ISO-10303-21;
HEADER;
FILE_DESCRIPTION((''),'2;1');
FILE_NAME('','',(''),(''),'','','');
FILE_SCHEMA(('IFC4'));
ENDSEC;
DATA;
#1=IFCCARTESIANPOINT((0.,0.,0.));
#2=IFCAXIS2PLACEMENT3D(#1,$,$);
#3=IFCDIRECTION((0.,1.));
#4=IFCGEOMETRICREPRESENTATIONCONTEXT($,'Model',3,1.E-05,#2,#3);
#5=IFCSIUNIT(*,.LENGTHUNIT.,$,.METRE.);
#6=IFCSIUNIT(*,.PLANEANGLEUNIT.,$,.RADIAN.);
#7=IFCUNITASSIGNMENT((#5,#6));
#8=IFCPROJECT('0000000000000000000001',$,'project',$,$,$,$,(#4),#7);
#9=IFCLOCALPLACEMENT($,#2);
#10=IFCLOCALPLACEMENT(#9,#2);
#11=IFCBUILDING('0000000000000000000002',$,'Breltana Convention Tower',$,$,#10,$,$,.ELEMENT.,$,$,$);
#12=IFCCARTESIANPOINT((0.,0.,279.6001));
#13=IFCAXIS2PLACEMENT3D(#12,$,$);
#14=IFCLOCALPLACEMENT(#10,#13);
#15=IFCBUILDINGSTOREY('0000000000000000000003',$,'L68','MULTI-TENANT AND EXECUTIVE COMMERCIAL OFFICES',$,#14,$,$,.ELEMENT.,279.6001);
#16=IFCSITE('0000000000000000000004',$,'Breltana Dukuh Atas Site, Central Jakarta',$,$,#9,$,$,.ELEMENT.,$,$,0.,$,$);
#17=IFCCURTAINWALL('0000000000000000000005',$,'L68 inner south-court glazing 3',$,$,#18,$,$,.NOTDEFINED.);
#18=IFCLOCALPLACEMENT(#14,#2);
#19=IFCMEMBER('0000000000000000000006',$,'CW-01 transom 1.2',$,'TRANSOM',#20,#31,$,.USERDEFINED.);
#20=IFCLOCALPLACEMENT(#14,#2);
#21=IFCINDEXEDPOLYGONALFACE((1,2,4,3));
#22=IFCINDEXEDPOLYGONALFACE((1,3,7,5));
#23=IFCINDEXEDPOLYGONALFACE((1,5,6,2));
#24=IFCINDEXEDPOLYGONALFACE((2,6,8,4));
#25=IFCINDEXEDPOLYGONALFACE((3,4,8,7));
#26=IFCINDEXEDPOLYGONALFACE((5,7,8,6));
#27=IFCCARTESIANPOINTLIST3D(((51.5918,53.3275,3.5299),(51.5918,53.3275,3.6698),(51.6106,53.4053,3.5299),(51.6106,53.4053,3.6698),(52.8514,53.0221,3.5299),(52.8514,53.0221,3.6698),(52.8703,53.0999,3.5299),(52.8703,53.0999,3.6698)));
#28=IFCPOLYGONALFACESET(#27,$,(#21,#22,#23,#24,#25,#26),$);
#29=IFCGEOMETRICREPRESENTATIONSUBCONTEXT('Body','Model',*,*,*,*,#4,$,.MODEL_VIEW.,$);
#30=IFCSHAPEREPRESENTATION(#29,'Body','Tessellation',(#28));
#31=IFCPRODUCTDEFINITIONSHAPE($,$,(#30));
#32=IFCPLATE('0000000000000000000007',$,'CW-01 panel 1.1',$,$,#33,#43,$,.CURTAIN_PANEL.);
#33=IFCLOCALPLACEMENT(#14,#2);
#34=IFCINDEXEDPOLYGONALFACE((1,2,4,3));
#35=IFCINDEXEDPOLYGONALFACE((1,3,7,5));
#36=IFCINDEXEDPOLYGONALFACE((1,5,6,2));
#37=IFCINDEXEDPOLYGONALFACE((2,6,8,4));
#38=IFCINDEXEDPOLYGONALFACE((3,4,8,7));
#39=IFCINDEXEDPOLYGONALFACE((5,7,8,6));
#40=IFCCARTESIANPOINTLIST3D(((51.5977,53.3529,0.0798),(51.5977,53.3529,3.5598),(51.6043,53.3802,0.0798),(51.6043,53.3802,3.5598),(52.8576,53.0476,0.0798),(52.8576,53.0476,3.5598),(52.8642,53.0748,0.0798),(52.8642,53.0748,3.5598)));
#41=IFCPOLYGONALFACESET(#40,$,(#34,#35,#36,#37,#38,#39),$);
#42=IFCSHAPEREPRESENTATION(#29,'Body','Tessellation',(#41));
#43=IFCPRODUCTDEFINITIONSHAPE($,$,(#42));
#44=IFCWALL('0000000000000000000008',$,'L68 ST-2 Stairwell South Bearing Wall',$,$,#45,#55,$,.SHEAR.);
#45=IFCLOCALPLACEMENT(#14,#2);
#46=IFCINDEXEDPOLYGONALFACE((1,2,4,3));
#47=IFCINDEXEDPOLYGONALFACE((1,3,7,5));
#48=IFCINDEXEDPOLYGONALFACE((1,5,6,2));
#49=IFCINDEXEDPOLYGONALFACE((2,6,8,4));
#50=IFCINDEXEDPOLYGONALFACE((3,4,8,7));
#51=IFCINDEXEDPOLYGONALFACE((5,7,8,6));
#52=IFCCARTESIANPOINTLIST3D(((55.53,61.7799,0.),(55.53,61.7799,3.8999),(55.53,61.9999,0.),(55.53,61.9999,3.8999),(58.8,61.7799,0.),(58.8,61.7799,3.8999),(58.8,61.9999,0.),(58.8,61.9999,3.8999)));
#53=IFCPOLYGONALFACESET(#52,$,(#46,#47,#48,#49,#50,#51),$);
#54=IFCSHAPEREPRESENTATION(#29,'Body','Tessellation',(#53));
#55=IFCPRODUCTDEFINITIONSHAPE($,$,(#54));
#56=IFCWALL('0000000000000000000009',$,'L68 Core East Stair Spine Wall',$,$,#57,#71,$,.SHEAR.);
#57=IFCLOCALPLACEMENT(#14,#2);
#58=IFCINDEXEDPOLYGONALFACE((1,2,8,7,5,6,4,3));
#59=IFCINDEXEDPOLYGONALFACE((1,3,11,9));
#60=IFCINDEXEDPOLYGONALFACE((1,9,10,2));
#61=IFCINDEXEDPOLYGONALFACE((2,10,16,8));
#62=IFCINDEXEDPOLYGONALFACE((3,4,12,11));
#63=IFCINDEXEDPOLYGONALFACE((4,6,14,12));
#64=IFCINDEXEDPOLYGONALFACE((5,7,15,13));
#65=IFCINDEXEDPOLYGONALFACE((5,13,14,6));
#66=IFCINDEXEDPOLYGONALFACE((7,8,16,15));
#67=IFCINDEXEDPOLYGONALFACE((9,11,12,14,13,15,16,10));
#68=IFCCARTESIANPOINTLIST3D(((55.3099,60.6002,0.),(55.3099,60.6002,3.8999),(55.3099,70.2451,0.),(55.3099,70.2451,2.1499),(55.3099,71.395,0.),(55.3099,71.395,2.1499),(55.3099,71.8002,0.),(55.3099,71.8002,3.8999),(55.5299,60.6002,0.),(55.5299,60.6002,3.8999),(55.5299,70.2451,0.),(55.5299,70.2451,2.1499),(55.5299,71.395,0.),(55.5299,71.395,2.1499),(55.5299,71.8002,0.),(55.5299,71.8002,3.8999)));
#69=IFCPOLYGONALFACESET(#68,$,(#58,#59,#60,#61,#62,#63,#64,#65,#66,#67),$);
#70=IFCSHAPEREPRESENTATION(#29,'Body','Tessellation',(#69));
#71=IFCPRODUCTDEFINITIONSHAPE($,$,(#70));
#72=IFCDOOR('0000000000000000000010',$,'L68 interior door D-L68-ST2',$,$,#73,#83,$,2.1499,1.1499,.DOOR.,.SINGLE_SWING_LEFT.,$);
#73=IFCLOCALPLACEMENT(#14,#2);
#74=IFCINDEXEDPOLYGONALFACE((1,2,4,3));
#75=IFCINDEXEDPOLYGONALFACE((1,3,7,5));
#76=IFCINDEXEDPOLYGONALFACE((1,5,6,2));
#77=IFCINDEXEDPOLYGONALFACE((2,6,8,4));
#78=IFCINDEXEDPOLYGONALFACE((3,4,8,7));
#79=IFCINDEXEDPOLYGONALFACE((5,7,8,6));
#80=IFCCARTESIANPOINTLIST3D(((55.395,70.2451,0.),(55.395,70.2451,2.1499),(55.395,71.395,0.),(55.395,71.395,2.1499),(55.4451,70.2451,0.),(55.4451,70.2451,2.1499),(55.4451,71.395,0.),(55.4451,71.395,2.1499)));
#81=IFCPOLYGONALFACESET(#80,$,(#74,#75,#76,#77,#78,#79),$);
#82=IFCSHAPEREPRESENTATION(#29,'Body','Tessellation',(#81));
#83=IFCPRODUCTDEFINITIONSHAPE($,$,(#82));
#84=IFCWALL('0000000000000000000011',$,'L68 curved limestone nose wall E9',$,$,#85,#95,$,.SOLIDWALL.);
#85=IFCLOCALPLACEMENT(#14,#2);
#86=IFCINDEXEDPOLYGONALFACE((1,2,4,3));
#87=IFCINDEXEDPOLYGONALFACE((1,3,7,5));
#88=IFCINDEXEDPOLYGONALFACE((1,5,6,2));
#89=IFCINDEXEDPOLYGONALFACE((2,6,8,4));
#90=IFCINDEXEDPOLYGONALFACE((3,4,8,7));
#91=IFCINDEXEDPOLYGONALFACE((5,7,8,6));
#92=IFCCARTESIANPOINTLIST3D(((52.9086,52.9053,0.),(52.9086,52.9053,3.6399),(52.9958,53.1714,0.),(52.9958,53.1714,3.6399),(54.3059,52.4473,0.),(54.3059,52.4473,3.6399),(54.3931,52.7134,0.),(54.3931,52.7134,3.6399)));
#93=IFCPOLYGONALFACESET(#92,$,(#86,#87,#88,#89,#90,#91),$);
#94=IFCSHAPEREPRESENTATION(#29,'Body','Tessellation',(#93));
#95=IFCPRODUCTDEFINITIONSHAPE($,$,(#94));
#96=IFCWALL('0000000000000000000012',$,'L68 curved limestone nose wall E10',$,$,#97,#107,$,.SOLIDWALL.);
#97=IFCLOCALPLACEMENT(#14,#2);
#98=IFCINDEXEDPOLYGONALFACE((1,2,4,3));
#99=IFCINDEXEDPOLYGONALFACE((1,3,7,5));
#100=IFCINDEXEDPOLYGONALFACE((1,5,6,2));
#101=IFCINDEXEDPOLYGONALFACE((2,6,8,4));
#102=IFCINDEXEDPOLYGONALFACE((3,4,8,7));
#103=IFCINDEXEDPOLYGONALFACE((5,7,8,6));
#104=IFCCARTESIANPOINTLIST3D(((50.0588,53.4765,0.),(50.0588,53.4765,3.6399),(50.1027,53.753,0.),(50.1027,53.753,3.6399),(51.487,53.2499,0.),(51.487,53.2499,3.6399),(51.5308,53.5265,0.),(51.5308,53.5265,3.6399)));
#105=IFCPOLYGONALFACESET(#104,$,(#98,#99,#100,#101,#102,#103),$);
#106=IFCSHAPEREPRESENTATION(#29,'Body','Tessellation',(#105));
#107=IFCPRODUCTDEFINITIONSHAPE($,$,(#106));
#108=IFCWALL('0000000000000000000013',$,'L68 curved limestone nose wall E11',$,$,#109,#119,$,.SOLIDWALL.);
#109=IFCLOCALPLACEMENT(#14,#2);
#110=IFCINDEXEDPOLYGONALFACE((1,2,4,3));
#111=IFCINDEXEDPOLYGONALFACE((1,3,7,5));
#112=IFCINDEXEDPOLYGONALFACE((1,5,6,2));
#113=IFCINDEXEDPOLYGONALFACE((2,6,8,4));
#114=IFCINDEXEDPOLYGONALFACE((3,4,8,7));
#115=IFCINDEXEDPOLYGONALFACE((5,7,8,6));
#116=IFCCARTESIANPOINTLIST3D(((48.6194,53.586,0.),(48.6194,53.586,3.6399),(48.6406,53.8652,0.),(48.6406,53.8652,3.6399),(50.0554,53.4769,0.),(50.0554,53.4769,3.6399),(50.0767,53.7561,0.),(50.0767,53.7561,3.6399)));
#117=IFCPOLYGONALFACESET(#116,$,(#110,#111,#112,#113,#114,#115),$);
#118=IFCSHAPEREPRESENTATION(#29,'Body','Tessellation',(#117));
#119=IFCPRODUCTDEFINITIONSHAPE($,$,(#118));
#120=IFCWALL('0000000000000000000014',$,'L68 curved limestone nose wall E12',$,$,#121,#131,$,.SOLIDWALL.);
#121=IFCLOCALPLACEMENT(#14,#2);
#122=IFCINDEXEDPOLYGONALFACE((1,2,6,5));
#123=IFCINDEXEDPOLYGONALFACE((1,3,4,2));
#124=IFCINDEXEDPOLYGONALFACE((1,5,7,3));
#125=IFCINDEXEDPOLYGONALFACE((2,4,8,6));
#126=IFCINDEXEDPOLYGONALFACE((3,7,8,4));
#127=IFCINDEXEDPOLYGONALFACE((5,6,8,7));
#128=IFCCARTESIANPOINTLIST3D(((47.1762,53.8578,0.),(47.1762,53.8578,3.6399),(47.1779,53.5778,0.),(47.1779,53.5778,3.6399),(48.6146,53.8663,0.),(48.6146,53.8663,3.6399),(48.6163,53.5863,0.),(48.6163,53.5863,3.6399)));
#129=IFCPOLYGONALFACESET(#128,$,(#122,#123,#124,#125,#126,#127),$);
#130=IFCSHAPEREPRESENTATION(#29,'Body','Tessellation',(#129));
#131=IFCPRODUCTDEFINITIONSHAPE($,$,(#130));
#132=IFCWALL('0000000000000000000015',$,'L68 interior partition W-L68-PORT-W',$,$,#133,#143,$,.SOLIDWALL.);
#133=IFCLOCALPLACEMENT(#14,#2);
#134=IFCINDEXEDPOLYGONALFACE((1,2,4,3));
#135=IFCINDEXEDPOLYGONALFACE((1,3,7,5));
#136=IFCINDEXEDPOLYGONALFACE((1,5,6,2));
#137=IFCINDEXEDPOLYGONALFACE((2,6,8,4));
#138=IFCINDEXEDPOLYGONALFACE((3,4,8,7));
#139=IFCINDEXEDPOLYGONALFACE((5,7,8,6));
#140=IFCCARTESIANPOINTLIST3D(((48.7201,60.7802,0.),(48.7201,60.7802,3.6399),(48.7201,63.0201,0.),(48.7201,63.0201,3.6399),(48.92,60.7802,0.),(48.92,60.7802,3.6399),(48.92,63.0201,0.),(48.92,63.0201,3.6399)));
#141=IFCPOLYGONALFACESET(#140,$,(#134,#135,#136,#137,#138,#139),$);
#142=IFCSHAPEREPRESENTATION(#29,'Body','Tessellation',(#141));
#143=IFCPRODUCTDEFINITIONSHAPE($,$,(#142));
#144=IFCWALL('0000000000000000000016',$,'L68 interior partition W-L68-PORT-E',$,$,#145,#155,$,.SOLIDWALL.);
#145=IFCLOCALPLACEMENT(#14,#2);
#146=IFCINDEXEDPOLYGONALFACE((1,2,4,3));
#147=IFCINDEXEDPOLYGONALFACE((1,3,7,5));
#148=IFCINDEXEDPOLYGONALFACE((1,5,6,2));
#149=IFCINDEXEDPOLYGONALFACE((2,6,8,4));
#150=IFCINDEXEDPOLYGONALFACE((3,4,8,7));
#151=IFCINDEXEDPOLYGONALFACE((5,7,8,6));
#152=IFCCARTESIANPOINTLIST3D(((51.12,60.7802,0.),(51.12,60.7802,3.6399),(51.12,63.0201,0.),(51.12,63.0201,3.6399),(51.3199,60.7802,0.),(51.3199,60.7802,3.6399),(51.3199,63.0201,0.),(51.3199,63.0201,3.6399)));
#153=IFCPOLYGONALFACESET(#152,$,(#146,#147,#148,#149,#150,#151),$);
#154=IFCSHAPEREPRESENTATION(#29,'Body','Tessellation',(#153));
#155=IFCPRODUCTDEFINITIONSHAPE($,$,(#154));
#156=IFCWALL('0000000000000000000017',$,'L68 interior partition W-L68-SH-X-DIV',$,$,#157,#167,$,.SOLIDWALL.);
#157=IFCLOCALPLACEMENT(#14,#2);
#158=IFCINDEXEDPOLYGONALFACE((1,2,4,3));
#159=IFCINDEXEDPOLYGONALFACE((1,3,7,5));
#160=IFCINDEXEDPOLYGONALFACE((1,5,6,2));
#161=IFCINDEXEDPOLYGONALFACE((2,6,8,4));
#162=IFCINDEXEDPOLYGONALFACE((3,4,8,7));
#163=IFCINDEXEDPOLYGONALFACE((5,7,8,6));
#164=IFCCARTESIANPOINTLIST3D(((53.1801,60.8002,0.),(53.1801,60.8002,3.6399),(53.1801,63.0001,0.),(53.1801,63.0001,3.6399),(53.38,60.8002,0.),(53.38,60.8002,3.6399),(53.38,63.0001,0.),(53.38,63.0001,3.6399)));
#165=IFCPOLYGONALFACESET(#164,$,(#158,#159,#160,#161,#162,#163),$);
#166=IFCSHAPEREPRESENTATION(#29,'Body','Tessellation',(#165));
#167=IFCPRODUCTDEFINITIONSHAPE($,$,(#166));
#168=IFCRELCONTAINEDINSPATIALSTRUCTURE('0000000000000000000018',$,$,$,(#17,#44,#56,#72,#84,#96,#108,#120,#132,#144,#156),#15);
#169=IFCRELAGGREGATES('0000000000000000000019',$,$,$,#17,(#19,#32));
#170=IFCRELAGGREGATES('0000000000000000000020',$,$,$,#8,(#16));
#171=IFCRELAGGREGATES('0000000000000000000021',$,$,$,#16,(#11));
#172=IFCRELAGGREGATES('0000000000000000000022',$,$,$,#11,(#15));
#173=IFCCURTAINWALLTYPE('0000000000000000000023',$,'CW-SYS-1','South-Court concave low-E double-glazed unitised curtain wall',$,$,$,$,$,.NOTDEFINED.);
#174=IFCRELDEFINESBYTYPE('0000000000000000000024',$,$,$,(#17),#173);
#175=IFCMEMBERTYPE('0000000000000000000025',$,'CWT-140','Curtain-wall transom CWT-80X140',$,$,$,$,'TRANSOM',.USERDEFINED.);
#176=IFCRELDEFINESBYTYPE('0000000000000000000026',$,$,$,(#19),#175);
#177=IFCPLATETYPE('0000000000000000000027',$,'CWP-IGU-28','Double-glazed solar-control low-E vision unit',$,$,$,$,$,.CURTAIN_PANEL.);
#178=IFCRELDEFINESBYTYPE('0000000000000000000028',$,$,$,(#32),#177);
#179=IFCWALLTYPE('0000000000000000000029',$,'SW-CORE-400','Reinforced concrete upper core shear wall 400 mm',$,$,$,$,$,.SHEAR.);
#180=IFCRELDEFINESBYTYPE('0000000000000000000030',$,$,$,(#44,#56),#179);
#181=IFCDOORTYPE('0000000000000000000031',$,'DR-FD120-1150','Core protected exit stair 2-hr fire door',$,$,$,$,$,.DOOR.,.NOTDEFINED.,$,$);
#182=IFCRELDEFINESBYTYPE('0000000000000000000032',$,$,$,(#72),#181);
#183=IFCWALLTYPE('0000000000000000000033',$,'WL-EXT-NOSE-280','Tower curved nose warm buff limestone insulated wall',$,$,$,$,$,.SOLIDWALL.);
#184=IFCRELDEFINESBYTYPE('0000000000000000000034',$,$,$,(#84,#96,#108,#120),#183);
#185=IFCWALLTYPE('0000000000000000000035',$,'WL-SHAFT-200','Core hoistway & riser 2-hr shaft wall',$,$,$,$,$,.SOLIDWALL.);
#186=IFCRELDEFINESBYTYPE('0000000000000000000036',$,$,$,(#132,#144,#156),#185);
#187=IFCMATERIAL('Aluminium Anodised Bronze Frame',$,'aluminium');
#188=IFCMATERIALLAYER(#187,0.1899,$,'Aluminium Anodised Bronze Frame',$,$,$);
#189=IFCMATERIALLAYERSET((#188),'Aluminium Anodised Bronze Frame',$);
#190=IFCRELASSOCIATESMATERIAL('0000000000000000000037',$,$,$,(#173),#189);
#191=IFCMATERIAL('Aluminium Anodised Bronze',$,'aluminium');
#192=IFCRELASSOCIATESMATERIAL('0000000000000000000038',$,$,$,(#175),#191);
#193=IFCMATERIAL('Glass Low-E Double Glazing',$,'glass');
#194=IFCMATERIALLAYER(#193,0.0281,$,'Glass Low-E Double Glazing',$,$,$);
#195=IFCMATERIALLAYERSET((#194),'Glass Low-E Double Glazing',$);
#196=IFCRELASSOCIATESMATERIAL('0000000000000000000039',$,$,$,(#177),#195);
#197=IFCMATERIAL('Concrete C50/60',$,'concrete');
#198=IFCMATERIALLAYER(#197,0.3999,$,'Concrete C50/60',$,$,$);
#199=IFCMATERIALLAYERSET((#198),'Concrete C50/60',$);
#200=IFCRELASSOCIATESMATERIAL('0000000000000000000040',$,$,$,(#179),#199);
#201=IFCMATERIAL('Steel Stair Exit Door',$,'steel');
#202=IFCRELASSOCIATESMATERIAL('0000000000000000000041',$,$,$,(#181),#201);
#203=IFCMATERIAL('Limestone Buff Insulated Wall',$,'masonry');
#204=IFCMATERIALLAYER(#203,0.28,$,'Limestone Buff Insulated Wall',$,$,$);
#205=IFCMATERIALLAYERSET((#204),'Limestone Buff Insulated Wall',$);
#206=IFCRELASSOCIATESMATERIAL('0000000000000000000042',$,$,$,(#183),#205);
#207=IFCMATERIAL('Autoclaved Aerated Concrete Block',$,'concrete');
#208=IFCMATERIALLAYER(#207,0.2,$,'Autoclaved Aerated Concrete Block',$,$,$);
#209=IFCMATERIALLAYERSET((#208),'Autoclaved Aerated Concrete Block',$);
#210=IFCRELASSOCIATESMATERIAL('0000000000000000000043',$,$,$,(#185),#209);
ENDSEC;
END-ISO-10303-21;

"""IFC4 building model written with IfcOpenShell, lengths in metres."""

from ifc_helpers import new_model, si_unit, direction, frame, frame_2d, origin, origin_2d, place, context, subcontext, project, spatial, rectangle, extrude, source, transform, mapped, material, layer, layer_set, material_profile, profile_set, type_object, type_shapes, element, fill, aggregate, save


model = new_model("IFC4")

# Units and contexts
model_context = context("Model", 3, precision=1e-05, world=origin(), true_north=direction((0.0, 1.0)))
body_context = subcontext(model_context, "Body", "Model", "MODEL_VIEW")
ifc_project = project(units=[si_unit("LENGTHUNIT", "METRE"), si_unit("PLANEANGLEUNIT", "RADIAN")], contexts=[model_context])

# Site, building, storey
site_placement = place(None, origin())
site = spatial("IfcSite", under=ifc_project, at=site_placement, Name="Breltana Dukuh Atas Site, Central Jakarta", CompositionType="ELEMENT", RefElevation=0.0)
building_placement = place(site_placement, origin())
building = spatial("IfcBuilding", under=site, at=building_placement, Name="Breltana Convention Tower", CompositionType="ELEMENT")
storey_placement = place(building_placement, frame((0.0, 0.0, 279.6001)))
storey = spatial("IfcBuildingStorey", under=building, at=storey_placement, Name="L68", Description="MULTI-TENANT AND EXECUTIVE COMMERCIAL OFFICES", CompositionType="ELEMENT", Elevation=279.6001)

# Curtain wall, member, plate
ifc_material_1 = material(Name="Aluminium Anodised Bronze Frame", Category="aluminium")
ifc_layer_1 = layer(ifc_material_1, 0.1899, Name="Aluminium Anodised Bronze Frame")
ifc_layer_set_1 = layer_set([ifc_layer_1], Name="Aluminium Anodised Bronze Frame")
curtain_wall_type = type_object("IfcCurtainWallType", Name="CW-SYS-1", Description="South-Court concave low-E double-glazed unitised curtain wall", PredefinedType="NOTDEFINED", material=ifc_layer_set_1)
curtain_wall_placement = place(storey_placement, origin())
curtain_wall = element("IfcCurtainWall", 1, at=curtain_wall_placement, inside=storey, type_object=curtain_wall_type, Name="L68 inner south-court glazing 3", PredefinedType="NOTDEFINED")
ifc_material_2 = material(Name="Aluminium Anodised Bronze", Category="aluminium")
ifc_material_profile_1 = material_profile(ifc_material_2, rectangle(XDim=0.0801, YDim=0.1399, at=origin_2d()), Name="CWT-80X140")
ifc_profile_set_1 = profile_set([ifc_material_profile_1], Name="Aluminium Anodised Bronze")
member_type_1 = type_object("IfcMemberType", Name="CWT-140", Description="Curtain-wall transom CWT-80X140", ElementType="TRANSOM", PredefinedType="USERDEFINED", material=ifc_profile_set_1)
shared_shape_1 = source(origin(), body_context, "Body", "SweptSolid", [
    extrude(rectangle(XDim=0.0801, YDim=0.1399, at=origin_2d()), origin(), (0.0, 0.0, 1.0), 1.2961),
])
member_1_placement = place(storey_placement, frame((52.8608, 53.061, 3.5999), z_axis=(-0.971846, 0.235616, 0.0), x_axis=(-0.235616, -0.971846, 0.0)))
member_1 = element("IfcMember", 2, at=member_1_placement, type_object=member_type_1, Name="CW-01 transom 1.2", ObjectType="TRANSOM", PredefinedType="USERDEFINED", context=body_context, shape_type="MappedRepresentation", body=[
    mapped(shared_shape_1, transform((0.0, 0.0, 0.0), scale=1.0)),
])
ifc_material_3 = material(Name="Glass Low-E Double Glazing", Category="glass")
ifc_layer_2 = layer(ifc_material_3, 0.0281, Name="Glass Low-E Double Glazing")
ifc_layer_set_2 = layer_set([ifc_layer_2], Name="Glass Low-E Double Glazing")
plate_type = type_object("IfcPlateType", Name="CWP-IGU-28", Description="Double-glazed solar-control low-E vision unit", PredefinedType="CURTAIN_PANEL", material=ifc_layer_set_2)
shared_shape_2 = source(origin(), body_context, "Body", "SweptSolid", [
    extrude(rectangle(XDim=1.2964, YDim=0.0281, at=origin_2d()), origin(), (0.0, 0.0, 1.0), 3.48),
])
plate_placement = place(storey_placement, frame((52.231, 53.2139, 0.0798), z_axis=(0.0, 0.0, 1.0), x_axis=(-0.97187, 0.235517, 0.0)))
plate = element("IfcPlate", 3, at=plate_placement, type_object=plate_type, Name="CW-01 panel 1.1", PredefinedType="CURTAIN_PANEL", context=body_context, shape_type="MappedRepresentation", body=[
    mapped(shared_shape_2, transform((0.0, 0.0, 0.0), scale=1.0)),
])
aggregate(curtain_wall, [member_1, plate])

# Wall
ifc_material_4 = material(Name="Concrete C50/60", Category="concrete")
ifc_layer_3 = layer(ifc_material_4, 0.3999, Name="Concrete C50/60")
ifc_layer_set_3 = layer_set([ifc_layer_3], Name="Concrete C50/60")
wall_type_1 = type_object("IfcWallType", Name="SW-CORE-400", Description="Reinforced concrete upper core shear wall 400 mm", PredefinedType="SHEAR", material=ifc_layer_set_3)
shared_shape_3 = source(origin(), body_context, "Body", "SweptSolid", [
    extrude(rectangle(XDim=3.27, YDim=0.22, at=frame_2d((1.635, 0.0))), origin(), (0.0, 0.0, 1.0), 3.8999),
])
wall_1_placement = place(storey_placement, frame((55.53, 61.8899, 0.0), z_axis=(0.0, 0.0, 1.0), x_axis=(1.0, 0.0, 0.0)))
element("IfcWall", 4, at=wall_1_placement, inside=storey, type_object=wall_type_1, Name="L68 ST-2 Stairwell South Bearing Wall", PredefinedType="SHEAR", context=body_context, shape_type="MappedRepresentation", body=[
    mapped(shared_shape_3, transform((0.0, 0.0, 0.0), scale=1.0)),
])

# Wall, opening, door
shared_shape_4 = source(origin(), body_context, "Body", "SweptSolid", [
    extrude(rectangle(XDim=11.2, YDim=0.22, at=frame_2d((5.6001, 0.0))), origin(), (0.0, 0.0, 1.0), 3.8999),
])
wall_2_placement = place(storey_placement, frame((55.4199, 60.6001, 0.0), z_axis=(0.0, 0.0, 1.0), x_axis=(0.0, 1.0, 0.0)))
wall_2 = element("IfcWall", 5, at=wall_2_placement, inside=storey, type_object=wall_type_1, Name="L68 Core East Stair Spine Wall", PredefinedType="SHEAR", context=body_context, shape_type="MappedRepresentation", body=[
    mapped(shared_shape_4, transform((0.0, 0.0, 0.0), scale=1.0)),
])
opening_1_placement = place(wall_2_placement, frame((9.645, 0.0, 0.0)))
opening_1 = element("IfcOpeningElement", 6, at=opening_1_placement, cuts=wall_2, PredefinedType="OPENING", context=body_context, shape_type="SweptSolid", body=[
    extrude(rectangle(XDim=1.1499, YDim=2.1499, at=frame_2d((0.575, 1.075))), frame((0.0, 0.1201, 0.0), z_axis=(0.0, -1.0, 0.0), x_axis=(1.0, 0.0, 0.0)), (0.0, 0.0, 1.0), 0.24),
])
ifc_material_5 = material(Name="Steel Stair Exit Door", Category="steel")
door_type_1 = type_object("IfcDoorType", Name="DR-FD120-1150", Description="Core protected exit stair 2-hr fire door", OperationType="NOTDEFINED", PredefinedType="DOOR", material=ifc_material_5)
shared_shape_5 = source(origin(), body_context, "Body", "SweptSolid", [
    extrude(rectangle(XDim=1.1499, YDim=2.1499, at=frame_2d((0.575, 1.075))), frame((0.0, 0.0249, 0.0), z_axis=(0.0, -1.0, 0.0), x_axis=(1.0, 0.0, 0.0)), (0.0, 0.0, 1.0), 0.05),
])
type_shapes(door_type_1, [shared_shape_5])
door_1_placement = place(opening_1_placement, origin())
door_1 = element("IfcDoor", 7, at=door_1_placement, inside=storey, type_object=door_type_1, Name="L68 interior door D-L68-ST2", OperationType="SINGLE_SWING_LEFT", OverallHeight=2.1499, OverallWidth=1.1499, PredefinedType="DOOR", context=body_context, shape_type="MappedRepresentation", body=[
    mapped(shared_shape_5, transform((0.0, 0.0, 0.0), scale=1.0)),
])
fill(opening_1, door_1)

# Walls
ifc_material_6 = material(Name="Limestone Buff Insulated Wall", Category="masonry")
ifc_layer_4 = layer(ifc_material_6, 0.28, Name="Limestone Buff Insulated Wall")
ifc_layer_set_4 = layer_set([ifc_layer_4], Name="Limestone Buff Insulated Wall")
wall_type_2 = type_object("IfcWallType", Name="WL-EXT-NOSE-280", Description="Tower curved nose warm buff limestone insulated wall", PredefinedType="SOLIDWALL", material=ifc_layer_set_4)
shared_shape_6 = source(origin(), body_context, "Body", "SweptSolid", [
    extrude(rectangle(XDim=1.4705, YDim=0.28, at=frame_2d((0.7354, 0.0))), origin(), (0.0, 0.0, 1.0), 3.6399),
])
wall_3_placement = place(storey_placement, frame((54.3496, 52.5803, 0.0), z_axis=(0.0, 0.0, 1.0), x_axis=(-0.950249, 0.311492, 0.0)))
element("IfcWall", 8, at=wall_3_placement, inside=storey, type_object=wall_type_2, Name="L68 curved limestone nose wall E9", PredefinedType="SOLIDWALL", context=body_context, shape_type="MappedRepresentation", body=[
    mapped(shared_shape_6, transform((0.0, 0.0, 0.0), scale=1.0)),
])
shared_shape_7 = source(origin(), body_context, "Body", "SweptSolid", [
    extrude(rectangle(XDim=1.446, YDim=0.28, at=frame_2d((0.7231, 0.0))), origin(), (0.0, 0.0, 1.0), 3.6399),
])
wall_4_placement = place(storey_placement, frame((51.509, 53.3882, 0.0), z_axis=(0.0, 0.0, 1.0), x_axis=(-0.98765, 0.156673, 0.0)))
element("IfcWall", 9, at=wall_4_placement, inside=storey, type_object=wall_type_2, Name="L68 curved limestone nose wall E10", PredefinedType="SOLIDWALL", context=body_context, shape_type="MappedRepresentation", body=[
    mapped(shared_shape_7, transform((0.0, 0.0, 0.0), scale=1.0)),
])
shared_shape_8 = source(origin(), body_context, "Body", "SweptSolid", [
    extrude(rectangle(XDim=1.4402, YDim=0.28, at=frame_2d((0.7202, 0.0))), origin(), (0.0, 0.0, 1.0), 3.6399),
])
wall_5_placement = place(storey_placement, frame((50.0662, 53.6165, 0.0), z_axis=(0.0, 0.0, 1.0), x_axis=(-0.997125, 0.075776, 0.0)))
element("IfcWall", 10, at=wall_5_placement, inside=storey, type_object=wall_type_2, Name="L68 curved limestone nose wall E11", PredefinedType="SOLIDWALL", context=body_context, shape_type="MappedRepresentation", body=[
    mapped(shared_shape_8, transform((0.0, 0.0, 0.0), scale=1.0)),
])
shared_shape_9 = source(origin(), body_context, "Body", "SweptSolid", [
    extrude(rectangle(XDim=1.4385, YDim=0.28, at=frame_2d((0.7192, 0.0))), origin(), (0.0, 0.0, 1.0), 3.6399),
])
wall_6_placement = place(storey_placement, frame((48.6155, 53.7263, 0.0), z_axis=(0.0, 0.0, 1.0), x_axis=(-0.999982, -0.00594, 0.0)))
element("IfcWall", 11, at=wall_6_placement, inside=storey, type_object=wall_type_2, Name="L68 curved limestone nose wall E12", PredefinedType="SOLIDWALL", context=body_context, shape_type="MappedRepresentation", body=[
    mapped(shared_shape_9, transform((0.0, 0.0, 0.0), scale=1.0)),
])
ifc_material_7 = material(Name="Autoclaved Aerated Concrete Block", Category="concrete")
ifc_layer_5 = layer(ifc_material_7, 0.2, Name="Autoclaved Aerated Concrete Block")
ifc_layer_set_5 = layer_set([ifc_layer_5], Name="Autoclaved Aerated Concrete Block")
wall_type_3 = type_object("IfcWallType", Name="WL-SHAFT-200", Description="Core hoistway & riser 2-hr shaft wall", PredefinedType="SOLIDWALL", material=ifc_layer_set_5)
shared_shape_10 = source(origin(), body_context, "Body", "SweptSolid", [
    extrude(rectangle(XDim=2.24, YDim=0.2, at=frame_2d((1.1201, 0.0))), origin(), (0.0, 0.0, 1.0), 3.6399),
])
for number, where, z_axis, x_axis, name in (
    (12, (48.8201, 60.78, 0.0), (0.0, 0.0, 1.0), (0.0, 1.0, 0.0), "L68 interior partition W-L68-PORT-W"),
    (13, (51.22, 60.78, 0.0), (0.0, 0.0, 1.0), (0.0, 1.0, 0.0), "L68 interior partition W-L68-PORT-E"),
):
    element("IfcWall", number, at=place(storey_placement, frame(where, z_axis=z_axis, x_axis=x_axis)), inside=storey, type_object=wall_type_3, Name=name, PredefinedType="SOLIDWALL", context=body_context, shape_type="MappedRepresentation", body=[
        mapped(shared_shape_10, transform((0.0, 0.0, 0.0), scale=1.0)),
    ])
shared_shape_11 = source(origin(), body_context, "Body", "SweptSolid", [
    extrude(rectangle(XDim=2.2, YDim=0.2, at=frame_2d((1.1001, 0.0))), origin(), (0.0, 0.0, 1.0), 3.6399),
])
wall_7_placement = place(storey_placement, frame((53.28, 60.8, 0.0), z_axis=(0.0, 0.0, 1.0), x_axis=(0.0, 1.0, 0.0)))
element("IfcWall", 14, at=wall_7_placement, inside=storey, type_object=wall_type_3, Name="L68 interior partition W-L68-SH-X-DIV", PredefinedType="SOLIDWALL", context=body_context, shape_type="MappedRepresentation", body=[
    mapped(shared_shape_11, transform((0.0, 0.0, 0.0), scale=1.0)),
])

save(model, "model.ifc")
